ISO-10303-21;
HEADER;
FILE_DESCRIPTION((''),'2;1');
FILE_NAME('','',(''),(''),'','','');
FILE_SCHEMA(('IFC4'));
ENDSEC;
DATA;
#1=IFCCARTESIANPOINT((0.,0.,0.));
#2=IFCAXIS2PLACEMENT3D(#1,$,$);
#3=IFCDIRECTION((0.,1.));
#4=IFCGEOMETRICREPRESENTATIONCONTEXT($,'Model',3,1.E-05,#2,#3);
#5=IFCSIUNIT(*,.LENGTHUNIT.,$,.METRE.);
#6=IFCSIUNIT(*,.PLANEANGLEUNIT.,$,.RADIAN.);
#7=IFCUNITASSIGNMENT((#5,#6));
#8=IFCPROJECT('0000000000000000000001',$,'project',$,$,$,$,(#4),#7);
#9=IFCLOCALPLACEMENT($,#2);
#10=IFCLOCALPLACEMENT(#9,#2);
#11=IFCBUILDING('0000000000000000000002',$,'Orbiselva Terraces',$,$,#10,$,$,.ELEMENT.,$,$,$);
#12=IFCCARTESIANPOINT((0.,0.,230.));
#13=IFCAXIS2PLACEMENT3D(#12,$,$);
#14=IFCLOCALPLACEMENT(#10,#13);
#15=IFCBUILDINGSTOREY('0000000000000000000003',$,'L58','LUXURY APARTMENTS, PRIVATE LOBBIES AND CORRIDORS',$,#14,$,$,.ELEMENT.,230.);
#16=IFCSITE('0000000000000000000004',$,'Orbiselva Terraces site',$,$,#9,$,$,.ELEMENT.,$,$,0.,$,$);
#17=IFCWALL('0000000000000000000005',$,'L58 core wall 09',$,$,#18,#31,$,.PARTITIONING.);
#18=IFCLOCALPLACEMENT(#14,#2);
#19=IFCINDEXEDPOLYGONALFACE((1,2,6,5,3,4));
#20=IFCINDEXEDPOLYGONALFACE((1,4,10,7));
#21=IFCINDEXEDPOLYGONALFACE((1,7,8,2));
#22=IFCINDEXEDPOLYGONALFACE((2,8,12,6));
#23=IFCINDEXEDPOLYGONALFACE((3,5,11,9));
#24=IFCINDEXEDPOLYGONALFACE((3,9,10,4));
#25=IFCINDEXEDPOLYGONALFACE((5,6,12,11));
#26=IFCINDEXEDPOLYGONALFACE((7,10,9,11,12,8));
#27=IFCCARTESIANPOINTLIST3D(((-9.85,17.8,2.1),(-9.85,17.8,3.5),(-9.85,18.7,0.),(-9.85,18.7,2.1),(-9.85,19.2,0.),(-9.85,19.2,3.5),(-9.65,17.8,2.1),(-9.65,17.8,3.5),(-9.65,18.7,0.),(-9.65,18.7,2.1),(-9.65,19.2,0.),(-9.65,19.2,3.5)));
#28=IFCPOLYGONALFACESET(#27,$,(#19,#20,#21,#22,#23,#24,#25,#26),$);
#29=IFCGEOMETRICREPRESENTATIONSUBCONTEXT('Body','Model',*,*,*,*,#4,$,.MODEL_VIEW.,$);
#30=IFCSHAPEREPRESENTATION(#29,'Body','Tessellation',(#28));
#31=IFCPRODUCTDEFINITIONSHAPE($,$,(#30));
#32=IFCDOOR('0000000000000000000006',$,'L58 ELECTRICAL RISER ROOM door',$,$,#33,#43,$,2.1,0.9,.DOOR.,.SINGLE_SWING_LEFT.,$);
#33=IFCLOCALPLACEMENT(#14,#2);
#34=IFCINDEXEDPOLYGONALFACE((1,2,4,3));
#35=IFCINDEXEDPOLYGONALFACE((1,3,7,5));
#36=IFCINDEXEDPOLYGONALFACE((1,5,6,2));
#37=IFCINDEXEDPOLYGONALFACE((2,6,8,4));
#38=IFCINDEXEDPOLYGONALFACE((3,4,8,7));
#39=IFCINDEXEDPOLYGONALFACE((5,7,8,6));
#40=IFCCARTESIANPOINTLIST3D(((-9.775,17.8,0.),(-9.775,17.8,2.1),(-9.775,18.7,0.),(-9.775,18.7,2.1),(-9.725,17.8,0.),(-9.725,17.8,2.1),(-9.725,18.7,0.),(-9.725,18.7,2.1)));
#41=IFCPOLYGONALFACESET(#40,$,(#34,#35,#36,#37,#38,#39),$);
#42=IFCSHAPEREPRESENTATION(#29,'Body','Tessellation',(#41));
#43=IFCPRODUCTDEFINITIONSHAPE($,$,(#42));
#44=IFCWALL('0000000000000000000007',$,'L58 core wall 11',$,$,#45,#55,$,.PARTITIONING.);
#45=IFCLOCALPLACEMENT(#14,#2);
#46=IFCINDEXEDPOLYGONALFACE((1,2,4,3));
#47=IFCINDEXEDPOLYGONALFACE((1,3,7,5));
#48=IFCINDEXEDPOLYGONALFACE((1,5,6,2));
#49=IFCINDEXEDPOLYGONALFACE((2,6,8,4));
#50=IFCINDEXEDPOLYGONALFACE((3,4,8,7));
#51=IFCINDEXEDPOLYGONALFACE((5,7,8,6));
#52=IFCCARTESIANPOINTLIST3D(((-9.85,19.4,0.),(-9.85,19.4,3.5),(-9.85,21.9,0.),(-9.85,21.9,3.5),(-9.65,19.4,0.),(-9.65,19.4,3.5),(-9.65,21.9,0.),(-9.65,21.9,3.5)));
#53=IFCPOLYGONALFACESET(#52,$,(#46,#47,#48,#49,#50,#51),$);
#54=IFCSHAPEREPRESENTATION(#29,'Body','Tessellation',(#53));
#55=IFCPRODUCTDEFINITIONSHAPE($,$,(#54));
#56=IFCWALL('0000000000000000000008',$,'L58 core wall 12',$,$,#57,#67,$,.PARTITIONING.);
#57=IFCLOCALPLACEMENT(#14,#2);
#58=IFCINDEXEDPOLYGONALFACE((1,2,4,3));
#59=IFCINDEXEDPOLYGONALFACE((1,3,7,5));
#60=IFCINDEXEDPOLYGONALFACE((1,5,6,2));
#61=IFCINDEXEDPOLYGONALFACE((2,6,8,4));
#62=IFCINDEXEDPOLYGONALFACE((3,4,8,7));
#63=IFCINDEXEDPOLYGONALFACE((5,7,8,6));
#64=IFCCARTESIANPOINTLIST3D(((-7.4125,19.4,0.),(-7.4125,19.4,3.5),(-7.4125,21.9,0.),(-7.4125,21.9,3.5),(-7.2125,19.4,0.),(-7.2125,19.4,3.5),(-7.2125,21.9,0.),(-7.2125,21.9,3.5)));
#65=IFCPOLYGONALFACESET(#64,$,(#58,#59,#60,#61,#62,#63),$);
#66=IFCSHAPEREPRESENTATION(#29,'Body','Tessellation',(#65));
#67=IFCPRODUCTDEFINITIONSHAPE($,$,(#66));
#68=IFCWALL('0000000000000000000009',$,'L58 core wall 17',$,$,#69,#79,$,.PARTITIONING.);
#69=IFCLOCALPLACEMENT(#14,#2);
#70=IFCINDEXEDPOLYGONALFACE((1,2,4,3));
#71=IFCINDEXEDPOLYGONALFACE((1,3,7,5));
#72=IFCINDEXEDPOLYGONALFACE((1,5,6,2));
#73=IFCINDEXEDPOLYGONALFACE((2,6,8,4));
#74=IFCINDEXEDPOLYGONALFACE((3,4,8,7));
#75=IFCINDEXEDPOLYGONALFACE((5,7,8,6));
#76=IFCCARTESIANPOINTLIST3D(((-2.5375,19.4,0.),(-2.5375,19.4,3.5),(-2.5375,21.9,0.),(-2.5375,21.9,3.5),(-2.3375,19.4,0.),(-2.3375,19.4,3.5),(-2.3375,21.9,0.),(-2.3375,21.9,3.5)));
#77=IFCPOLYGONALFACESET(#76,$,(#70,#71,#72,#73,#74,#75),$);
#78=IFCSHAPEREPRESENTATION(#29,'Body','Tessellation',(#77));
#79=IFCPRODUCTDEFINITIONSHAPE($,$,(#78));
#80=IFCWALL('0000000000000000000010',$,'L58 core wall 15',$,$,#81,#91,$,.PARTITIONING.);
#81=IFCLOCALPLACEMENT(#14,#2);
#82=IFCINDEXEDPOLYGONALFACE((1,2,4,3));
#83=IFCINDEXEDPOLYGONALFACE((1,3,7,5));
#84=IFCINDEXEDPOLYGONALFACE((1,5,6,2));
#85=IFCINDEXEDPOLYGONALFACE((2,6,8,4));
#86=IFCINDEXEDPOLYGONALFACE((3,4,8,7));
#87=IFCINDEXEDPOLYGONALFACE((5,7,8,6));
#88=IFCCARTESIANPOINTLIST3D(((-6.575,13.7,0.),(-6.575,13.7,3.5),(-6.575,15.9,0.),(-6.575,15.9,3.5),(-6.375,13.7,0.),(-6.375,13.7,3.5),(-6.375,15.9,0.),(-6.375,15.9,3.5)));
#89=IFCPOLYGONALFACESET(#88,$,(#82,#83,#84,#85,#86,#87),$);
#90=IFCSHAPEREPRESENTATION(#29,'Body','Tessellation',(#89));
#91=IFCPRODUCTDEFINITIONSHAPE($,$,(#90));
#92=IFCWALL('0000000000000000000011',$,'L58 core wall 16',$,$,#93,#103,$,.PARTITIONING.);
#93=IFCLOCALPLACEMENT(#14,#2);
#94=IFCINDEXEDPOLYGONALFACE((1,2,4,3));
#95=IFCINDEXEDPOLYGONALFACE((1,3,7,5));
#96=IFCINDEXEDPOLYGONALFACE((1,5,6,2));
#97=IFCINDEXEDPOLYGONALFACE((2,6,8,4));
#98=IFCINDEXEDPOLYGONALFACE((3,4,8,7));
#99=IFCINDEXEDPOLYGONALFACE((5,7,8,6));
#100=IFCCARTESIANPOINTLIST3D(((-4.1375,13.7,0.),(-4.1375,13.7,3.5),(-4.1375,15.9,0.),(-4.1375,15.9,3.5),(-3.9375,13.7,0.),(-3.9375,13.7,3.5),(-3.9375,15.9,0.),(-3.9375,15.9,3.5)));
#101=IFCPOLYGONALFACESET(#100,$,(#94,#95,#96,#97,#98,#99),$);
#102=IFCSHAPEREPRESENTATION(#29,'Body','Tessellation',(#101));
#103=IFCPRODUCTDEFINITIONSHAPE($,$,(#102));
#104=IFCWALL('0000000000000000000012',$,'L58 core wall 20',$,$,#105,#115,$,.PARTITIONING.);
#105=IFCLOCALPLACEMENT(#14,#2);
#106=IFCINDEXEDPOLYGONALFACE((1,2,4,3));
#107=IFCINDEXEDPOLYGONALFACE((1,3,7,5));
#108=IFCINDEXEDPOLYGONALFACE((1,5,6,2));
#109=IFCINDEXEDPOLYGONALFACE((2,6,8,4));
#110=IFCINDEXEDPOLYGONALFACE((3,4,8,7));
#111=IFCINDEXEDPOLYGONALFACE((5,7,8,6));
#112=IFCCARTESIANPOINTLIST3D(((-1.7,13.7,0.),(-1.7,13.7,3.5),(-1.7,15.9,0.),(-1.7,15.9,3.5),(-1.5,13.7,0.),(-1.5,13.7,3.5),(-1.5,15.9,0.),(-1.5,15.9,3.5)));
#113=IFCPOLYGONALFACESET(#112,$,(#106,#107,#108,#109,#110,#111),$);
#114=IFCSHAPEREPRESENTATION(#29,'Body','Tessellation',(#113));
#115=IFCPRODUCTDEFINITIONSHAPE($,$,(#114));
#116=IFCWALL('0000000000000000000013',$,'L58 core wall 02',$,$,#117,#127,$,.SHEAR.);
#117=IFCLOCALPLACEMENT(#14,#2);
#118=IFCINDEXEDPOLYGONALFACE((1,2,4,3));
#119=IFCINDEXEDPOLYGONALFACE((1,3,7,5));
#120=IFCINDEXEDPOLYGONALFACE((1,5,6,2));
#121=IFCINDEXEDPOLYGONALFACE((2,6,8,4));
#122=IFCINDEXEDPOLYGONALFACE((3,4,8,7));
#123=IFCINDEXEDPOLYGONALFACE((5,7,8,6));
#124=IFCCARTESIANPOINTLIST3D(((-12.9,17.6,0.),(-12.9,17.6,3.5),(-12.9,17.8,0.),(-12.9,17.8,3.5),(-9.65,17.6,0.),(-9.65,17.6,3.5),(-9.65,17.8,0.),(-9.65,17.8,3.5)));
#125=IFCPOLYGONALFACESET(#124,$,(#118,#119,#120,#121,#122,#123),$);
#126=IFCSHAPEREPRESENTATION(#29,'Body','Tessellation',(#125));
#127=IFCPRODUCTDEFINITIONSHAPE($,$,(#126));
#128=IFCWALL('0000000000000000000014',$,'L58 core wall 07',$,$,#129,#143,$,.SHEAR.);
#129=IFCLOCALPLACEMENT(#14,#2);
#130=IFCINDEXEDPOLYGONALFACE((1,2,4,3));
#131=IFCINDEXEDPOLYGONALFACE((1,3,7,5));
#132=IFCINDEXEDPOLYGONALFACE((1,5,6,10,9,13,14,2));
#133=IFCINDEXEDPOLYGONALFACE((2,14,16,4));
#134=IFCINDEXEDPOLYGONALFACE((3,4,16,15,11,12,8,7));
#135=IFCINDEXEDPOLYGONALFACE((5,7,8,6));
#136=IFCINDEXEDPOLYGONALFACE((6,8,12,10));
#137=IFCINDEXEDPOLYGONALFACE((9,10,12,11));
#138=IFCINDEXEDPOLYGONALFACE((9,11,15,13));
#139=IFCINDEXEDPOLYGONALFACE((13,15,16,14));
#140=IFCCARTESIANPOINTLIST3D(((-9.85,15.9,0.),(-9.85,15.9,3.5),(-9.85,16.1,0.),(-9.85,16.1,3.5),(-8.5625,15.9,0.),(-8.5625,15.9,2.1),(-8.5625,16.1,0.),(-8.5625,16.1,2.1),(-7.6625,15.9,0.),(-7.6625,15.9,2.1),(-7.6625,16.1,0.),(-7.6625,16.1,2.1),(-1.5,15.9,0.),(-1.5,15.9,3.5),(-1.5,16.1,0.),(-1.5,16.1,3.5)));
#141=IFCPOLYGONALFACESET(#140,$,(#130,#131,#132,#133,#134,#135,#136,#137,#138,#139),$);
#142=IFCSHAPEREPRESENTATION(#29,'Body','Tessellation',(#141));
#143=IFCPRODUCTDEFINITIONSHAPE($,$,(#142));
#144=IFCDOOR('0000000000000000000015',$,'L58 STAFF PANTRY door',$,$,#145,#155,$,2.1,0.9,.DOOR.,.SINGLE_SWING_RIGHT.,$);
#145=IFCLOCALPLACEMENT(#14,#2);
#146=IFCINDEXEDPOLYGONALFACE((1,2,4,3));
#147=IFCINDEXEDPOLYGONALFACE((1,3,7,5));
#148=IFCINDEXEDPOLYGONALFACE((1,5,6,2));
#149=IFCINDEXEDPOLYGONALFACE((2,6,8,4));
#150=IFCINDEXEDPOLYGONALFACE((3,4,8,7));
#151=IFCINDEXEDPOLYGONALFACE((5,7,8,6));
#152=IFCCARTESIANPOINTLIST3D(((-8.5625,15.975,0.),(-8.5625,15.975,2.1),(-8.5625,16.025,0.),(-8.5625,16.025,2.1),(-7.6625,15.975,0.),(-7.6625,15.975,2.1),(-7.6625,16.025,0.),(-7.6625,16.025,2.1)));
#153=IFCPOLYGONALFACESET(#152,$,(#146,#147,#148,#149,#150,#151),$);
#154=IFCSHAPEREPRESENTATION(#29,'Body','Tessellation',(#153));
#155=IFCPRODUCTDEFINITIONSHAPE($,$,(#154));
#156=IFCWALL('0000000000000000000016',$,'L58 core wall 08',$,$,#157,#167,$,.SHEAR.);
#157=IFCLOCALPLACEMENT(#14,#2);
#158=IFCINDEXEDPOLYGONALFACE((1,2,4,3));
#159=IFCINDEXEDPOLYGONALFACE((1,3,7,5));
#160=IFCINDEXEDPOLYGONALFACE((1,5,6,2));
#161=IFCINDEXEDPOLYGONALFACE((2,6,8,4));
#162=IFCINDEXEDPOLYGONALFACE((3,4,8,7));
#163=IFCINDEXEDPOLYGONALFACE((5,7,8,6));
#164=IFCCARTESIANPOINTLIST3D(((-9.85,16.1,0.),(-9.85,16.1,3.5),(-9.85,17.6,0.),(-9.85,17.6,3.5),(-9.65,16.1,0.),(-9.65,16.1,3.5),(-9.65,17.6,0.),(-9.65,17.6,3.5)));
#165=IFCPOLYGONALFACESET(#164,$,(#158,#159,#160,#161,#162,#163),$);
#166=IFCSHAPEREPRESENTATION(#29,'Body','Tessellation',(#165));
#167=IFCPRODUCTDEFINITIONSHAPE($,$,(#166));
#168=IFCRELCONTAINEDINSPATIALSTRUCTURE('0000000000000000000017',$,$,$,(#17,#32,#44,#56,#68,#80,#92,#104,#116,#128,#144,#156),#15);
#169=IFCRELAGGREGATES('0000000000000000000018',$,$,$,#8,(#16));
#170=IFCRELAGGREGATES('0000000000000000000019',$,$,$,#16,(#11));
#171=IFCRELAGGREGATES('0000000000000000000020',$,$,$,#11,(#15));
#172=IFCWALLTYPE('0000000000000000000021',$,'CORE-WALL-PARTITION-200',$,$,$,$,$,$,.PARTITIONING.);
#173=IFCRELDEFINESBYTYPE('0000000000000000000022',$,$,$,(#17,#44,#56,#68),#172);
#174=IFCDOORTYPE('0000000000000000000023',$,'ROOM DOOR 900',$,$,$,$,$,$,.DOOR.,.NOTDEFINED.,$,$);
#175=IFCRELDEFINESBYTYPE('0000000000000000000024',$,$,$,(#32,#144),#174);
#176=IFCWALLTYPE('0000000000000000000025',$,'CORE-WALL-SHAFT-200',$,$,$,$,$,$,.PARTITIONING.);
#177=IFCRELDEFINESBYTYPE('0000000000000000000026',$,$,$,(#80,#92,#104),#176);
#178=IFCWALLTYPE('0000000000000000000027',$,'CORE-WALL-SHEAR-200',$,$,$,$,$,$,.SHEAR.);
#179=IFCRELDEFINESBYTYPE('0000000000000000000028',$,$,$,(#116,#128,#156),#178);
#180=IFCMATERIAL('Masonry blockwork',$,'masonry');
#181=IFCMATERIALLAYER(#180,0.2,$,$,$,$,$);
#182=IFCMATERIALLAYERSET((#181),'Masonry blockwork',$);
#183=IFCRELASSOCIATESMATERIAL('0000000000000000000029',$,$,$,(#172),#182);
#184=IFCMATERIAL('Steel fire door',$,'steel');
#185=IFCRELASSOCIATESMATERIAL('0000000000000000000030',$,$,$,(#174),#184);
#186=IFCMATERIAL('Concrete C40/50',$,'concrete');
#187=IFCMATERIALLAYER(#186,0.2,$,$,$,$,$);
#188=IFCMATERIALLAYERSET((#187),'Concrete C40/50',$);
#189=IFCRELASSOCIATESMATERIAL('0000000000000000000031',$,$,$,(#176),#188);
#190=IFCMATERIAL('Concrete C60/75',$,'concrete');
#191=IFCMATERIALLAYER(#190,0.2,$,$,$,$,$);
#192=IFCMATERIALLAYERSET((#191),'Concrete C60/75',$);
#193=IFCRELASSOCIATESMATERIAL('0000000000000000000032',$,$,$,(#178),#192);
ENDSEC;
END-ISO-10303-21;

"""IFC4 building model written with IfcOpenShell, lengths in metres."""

from ifc_helpers import new_model, si_unit, direction, frame, frame_2d, origin, place, context, subcontext, project, spatial, rectangle, extrude, material, layer, layer_set, type_object, element, fill, save


model = new_model("IFC4")

# Units and contexts
model_context = context("Model", 3, precision=1e-05, world=origin(), true_north=direction((0.0, 1.0)))
body_context = subcontext(model_context, "Body", "Model", "MODEL_VIEW")
ifc_project = project(units=[si_unit("LENGTHUNIT", "METRE"), si_unit("PLANEANGLEUNIT", "RADIAN")], contexts=[model_context])

# Site, building, storey
site_placement = place(None, origin())
site = spatial("IfcSite", under=ifc_project, at=site_placement, Name="Orbiselva Terraces site", CompositionType="ELEMENT", RefElevation=0.0)
building_placement = place(site_placement, origin())
building = spatial("IfcBuilding", under=site, at=building_placement, Name="Orbiselva Terraces", CompositionType="ELEMENT")
storey_placement = place(building_placement, frame((0.0, 0.0, 230.0)))
storey = spatial("IfcBuildingStorey", under=building, at=storey_placement, Name="L58", Description="LUXURY APARTMENTS, PRIVATE LOBBIES AND CORRIDORS", CompositionType="ELEMENT", Elevation=230.0)

# Wall, opening, door
ifc_material_1 = material(Name="Masonry blockwork", Category="masonry")
ifc_layer_1 = layer(ifc_material_1, 0.2)
ifc_layer_set_1 = layer_set([ifc_layer_1], Name="Masonry blockwork")
wall_type_1 = type_object("IfcWallType", Name="CORE-WALL-PARTITION-200", PredefinedType="PARTITIONING", material=ifc_layer_set_1)
wall_1_placement = place(storey_placement, frame((-9.75, 17.8, 0.0), z_axis=(0.0, 0.0, 1.0), x_axis=(0.0, 1.0, 0.0)))
wall_1 = element("IfcWall", 1, at=wall_1_placement, inside=storey, type_object=wall_type_1, Name="L58 core wall 09", PredefinedType="PARTITIONING", context=body_context, shape_type="SweptSolid", body=[
    extrude(rectangle(XDim=1.4, YDim=0.2, at=frame_2d((0.7, 0.0))), origin(), (0.0, 0.0, 1.0), 3.5),
])
opening_1_placement = place(wall_1_placement, origin())
opening_1 = element("IfcOpeningElement", 2, at=opening_1_placement, cuts=wall_1, PredefinedType="OPENING", context=body_context, shape_type="SweptSolid", body=[
    extrude(rectangle(XDim=0.9, YDim=2.1, at=frame_2d((0.45, 1.05))), frame((0.0, 0.11, 0.0), z_axis=(0.0, -1.0, 0.0), x_axis=(1.0, 0.0, 0.0)), (0.0, 0.0, 1.0), 0.22),
])
ifc_material_2 = material(Name="Steel fire door", Category="steel")
door_type_1 = type_object("IfcDoorType", Name="ROOM DOOR 900", OperationType="NOTDEFINED", PredefinedType="DOOR", material=ifc_material_2)
door_1_placement = place(opening_1_placement, origin())
door_1 = element("IfcDoor", 3, at=door_1_placement, inside=storey, type_object=door_type_1, Name="L58 ELECTRICAL RISER ROOM door", OperationType="SINGLE_SWING_LEFT", OverallHeight=2.1, OverallWidth=0.9, PredefinedType="DOOR", context=body_context, shape_type="SweptSolid", body=[
    extrude(rectangle(XDim=0.9, YDim=2.1, at=frame_2d((0.45, 1.05))), frame((0.0, 0.025, 0.0), z_axis=(0.0, -1.0, 0.0), x_axis=(1.0, 0.0, 0.0)), (0.0, 0.0, 1.0), 0.05),
])
fill(opening_1, door_1)

# Walls
for number, where, z_axis, x_axis, name in (
    (4, (-9.75, 19.4, 0.0), (0.0, 0.0, 1.0), (0.0, 1.0, 0.0), "L58 core wall 11"),
    (5, (-7.3125, 19.4, 0.0), (0.0, 0.0, 1.0), (0.0, 1.0, 0.0), "L58 core wall 12"),
    (6, (-2.4375, 19.4, 0.0), (0.0, 0.0, 1.0), (0.0, 1.0, 0.0), "L58 core wall 17"),
):
    element("IfcWall", number, at=place(storey_placement, frame(where, z_axis=z_axis, x_axis=x_axis)), inside=storey, type_object=wall_type_1, Name=name, PredefinedType="PARTITIONING", context=body_context, shape_type="SweptSolid", body=[
        extrude(rectangle(XDim=2.5, YDim=0.2, at=frame_2d((1.25, 0.0))), origin(), (0.0, 0.0, 1.0), 3.5),
    ])
ifc_material_3 = material(Name="Concrete C40/50", Category="concrete")
ifc_layer_2 = layer(ifc_material_3, 0.2)
ifc_layer_set_2 = layer_set([ifc_layer_2], Name="Concrete C40/50")
wall_type_2 = type_object("IfcWallType", Name="CORE-WALL-SHAFT-200", PredefinedType="PARTITIONING", material=ifc_layer_set_2)
for number, where, z_axis, x_axis, name in (
    (7, (-6.475, 13.7, 0.0), (0.0, 0.0, 1.0), (0.0, 1.0, 0.0), "L58 core wall 15"),
    (8, (-4.0375, 13.7, 0.0), (0.0, 0.0, 1.0), (0.0, 1.0, 0.0), "L58 core wall 16"),
    (9, (-1.6, 13.7, 0.0), (0.0, 0.0, 1.0), (0.0, 1.0, 0.0), "L58 core wall 20"),
):
    element("IfcWall", number, at=place(storey_placement, frame(where, z_axis=z_axis, x_axis=x_axis)), inside=storey, type_object=wall_type_2, Name=name, PredefinedType="PARTITIONING", context=body_context, shape_type="SweptSolid", body=[
        extrude(rectangle(XDim=2.2, YDim=0.2, at=frame_2d((1.1, 0.0))), origin(), (0.0, 0.0, 1.0), 3.5),
    ])
ifc_material_4 = material(Name="Concrete C60/75", Category="concrete")
ifc_layer_3 = layer(ifc_material_4, 0.2)
ifc_layer_set_3 = layer_set([ifc_layer_3], Name="Concrete C60/75")
wall_type_3 = type_object("IfcWallType", Name="CORE-WALL-SHEAR-200", PredefinedType="SHEAR", material=ifc_layer_set_3)
wall_2_placement = place(storey_placement, frame((-12.9, 17.7, 0.0), z_axis=(0.0, 0.0, 1.0), x_axis=(1.0, 0.0, 0.0)))
element("IfcWall", 10, at=wall_2_placement, inside=storey, type_object=wall_type_3, Name="L58 core wall 02", PredefinedType="SHEAR", context=body_context, shape_type="SweptSolid", body=[
    extrude(rectangle(XDim=3.25, YDim=0.2, at=frame_2d((1.625, 0.0))), origin(), (0.0, 0.0, 1.0), 3.5),
])

# Wall, opening, door
wall_3_placement = place(storey_placement, frame((-1.5, 16.0, 0.0), z_axis=(0.0, 0.0, 1.0), x_axis=(-1.0, 0.0, 0.0)))
wall_3 = element("IfcWall", 11, at=wall_3_placement, inside=storey, type_object=wall_type_3, Name="L58 core wall 07", PredefinedType="SHEAR", context=body_context, shape_type="SweptSolid", body=[
    extrude(rectangle(XDim=8.35, YDim=0.2, at=frame_2d((4.175, 0.0))), origin(), (0.0, 0.0, 1.0), 3.5),
])
opening_2_placement = place(wall_3_placement, frame((6.1625, 0.0, 0.0)))
opening_2 = element("IfcOpeningElement", 12, at=opening_2_placement, cuts=wall_3, PredefinedType="OPENING", context=body_context, shape_type="SweptSolid", body=[
    extrude(rectangle(XDim=0.9, YDim=2.1, at=frame_2d((0.45, 1.05))), frame((0.0, 0.11, 0.0), z_axis=(0.0, -1.0, 0.0), x_axis=(1.0, 0.0, 0.0)), (0.0, 0.0, 1.0), 0.22),
])
door_2_placement = place(opening_2_placement, origin())
door_2 = element("IfcDoor", 13, at=door_2_placement, inside=storey, type_object=door_type_1, Name="L58 STAFF PANTRY door", OperationType="SINGLE_SWING_RIGHT", OverallHeight=2.1, OverallWidth=0.9, PredefinedType="DOOR", context=body_context, shape_type="SweptSolid", body=[
    extrude(rectangle(XDim=0.9, YDim=2.1, at=frame_2d((0.45, 1.05))), frame((0.0, 0.025, 0.0), z_axis=(0.0, -1.0, 0.0), x_axis=(1.0, 0.0, 0.0)), (0.0, 0.0, 1.0), 0.05),
])
fill(opening_2, door_2)

# Wall
wall_4_placement = place(storey_placement, frame((-9.75, 16.1, 0.0), z_axis=(0.0, 0.0, 1.0), x_axis=(0.0, 1.0, 0.0)))
element("IfcWall", 14, at=wall_4_placement, inside=storey, type_object=wall_type_3, Name="L58 core wall 08", PredefinedType="SHEAR", context=body_context, shape_type="SweptSolid", body=[
    extrude(rectangle(XDim=1.5, YDim=0.2, at=frame_2d((0.75, 0.0))), origin(), (0.0, 0.0, 1.0), 3.5),
])

save(model, "model.ifc")
